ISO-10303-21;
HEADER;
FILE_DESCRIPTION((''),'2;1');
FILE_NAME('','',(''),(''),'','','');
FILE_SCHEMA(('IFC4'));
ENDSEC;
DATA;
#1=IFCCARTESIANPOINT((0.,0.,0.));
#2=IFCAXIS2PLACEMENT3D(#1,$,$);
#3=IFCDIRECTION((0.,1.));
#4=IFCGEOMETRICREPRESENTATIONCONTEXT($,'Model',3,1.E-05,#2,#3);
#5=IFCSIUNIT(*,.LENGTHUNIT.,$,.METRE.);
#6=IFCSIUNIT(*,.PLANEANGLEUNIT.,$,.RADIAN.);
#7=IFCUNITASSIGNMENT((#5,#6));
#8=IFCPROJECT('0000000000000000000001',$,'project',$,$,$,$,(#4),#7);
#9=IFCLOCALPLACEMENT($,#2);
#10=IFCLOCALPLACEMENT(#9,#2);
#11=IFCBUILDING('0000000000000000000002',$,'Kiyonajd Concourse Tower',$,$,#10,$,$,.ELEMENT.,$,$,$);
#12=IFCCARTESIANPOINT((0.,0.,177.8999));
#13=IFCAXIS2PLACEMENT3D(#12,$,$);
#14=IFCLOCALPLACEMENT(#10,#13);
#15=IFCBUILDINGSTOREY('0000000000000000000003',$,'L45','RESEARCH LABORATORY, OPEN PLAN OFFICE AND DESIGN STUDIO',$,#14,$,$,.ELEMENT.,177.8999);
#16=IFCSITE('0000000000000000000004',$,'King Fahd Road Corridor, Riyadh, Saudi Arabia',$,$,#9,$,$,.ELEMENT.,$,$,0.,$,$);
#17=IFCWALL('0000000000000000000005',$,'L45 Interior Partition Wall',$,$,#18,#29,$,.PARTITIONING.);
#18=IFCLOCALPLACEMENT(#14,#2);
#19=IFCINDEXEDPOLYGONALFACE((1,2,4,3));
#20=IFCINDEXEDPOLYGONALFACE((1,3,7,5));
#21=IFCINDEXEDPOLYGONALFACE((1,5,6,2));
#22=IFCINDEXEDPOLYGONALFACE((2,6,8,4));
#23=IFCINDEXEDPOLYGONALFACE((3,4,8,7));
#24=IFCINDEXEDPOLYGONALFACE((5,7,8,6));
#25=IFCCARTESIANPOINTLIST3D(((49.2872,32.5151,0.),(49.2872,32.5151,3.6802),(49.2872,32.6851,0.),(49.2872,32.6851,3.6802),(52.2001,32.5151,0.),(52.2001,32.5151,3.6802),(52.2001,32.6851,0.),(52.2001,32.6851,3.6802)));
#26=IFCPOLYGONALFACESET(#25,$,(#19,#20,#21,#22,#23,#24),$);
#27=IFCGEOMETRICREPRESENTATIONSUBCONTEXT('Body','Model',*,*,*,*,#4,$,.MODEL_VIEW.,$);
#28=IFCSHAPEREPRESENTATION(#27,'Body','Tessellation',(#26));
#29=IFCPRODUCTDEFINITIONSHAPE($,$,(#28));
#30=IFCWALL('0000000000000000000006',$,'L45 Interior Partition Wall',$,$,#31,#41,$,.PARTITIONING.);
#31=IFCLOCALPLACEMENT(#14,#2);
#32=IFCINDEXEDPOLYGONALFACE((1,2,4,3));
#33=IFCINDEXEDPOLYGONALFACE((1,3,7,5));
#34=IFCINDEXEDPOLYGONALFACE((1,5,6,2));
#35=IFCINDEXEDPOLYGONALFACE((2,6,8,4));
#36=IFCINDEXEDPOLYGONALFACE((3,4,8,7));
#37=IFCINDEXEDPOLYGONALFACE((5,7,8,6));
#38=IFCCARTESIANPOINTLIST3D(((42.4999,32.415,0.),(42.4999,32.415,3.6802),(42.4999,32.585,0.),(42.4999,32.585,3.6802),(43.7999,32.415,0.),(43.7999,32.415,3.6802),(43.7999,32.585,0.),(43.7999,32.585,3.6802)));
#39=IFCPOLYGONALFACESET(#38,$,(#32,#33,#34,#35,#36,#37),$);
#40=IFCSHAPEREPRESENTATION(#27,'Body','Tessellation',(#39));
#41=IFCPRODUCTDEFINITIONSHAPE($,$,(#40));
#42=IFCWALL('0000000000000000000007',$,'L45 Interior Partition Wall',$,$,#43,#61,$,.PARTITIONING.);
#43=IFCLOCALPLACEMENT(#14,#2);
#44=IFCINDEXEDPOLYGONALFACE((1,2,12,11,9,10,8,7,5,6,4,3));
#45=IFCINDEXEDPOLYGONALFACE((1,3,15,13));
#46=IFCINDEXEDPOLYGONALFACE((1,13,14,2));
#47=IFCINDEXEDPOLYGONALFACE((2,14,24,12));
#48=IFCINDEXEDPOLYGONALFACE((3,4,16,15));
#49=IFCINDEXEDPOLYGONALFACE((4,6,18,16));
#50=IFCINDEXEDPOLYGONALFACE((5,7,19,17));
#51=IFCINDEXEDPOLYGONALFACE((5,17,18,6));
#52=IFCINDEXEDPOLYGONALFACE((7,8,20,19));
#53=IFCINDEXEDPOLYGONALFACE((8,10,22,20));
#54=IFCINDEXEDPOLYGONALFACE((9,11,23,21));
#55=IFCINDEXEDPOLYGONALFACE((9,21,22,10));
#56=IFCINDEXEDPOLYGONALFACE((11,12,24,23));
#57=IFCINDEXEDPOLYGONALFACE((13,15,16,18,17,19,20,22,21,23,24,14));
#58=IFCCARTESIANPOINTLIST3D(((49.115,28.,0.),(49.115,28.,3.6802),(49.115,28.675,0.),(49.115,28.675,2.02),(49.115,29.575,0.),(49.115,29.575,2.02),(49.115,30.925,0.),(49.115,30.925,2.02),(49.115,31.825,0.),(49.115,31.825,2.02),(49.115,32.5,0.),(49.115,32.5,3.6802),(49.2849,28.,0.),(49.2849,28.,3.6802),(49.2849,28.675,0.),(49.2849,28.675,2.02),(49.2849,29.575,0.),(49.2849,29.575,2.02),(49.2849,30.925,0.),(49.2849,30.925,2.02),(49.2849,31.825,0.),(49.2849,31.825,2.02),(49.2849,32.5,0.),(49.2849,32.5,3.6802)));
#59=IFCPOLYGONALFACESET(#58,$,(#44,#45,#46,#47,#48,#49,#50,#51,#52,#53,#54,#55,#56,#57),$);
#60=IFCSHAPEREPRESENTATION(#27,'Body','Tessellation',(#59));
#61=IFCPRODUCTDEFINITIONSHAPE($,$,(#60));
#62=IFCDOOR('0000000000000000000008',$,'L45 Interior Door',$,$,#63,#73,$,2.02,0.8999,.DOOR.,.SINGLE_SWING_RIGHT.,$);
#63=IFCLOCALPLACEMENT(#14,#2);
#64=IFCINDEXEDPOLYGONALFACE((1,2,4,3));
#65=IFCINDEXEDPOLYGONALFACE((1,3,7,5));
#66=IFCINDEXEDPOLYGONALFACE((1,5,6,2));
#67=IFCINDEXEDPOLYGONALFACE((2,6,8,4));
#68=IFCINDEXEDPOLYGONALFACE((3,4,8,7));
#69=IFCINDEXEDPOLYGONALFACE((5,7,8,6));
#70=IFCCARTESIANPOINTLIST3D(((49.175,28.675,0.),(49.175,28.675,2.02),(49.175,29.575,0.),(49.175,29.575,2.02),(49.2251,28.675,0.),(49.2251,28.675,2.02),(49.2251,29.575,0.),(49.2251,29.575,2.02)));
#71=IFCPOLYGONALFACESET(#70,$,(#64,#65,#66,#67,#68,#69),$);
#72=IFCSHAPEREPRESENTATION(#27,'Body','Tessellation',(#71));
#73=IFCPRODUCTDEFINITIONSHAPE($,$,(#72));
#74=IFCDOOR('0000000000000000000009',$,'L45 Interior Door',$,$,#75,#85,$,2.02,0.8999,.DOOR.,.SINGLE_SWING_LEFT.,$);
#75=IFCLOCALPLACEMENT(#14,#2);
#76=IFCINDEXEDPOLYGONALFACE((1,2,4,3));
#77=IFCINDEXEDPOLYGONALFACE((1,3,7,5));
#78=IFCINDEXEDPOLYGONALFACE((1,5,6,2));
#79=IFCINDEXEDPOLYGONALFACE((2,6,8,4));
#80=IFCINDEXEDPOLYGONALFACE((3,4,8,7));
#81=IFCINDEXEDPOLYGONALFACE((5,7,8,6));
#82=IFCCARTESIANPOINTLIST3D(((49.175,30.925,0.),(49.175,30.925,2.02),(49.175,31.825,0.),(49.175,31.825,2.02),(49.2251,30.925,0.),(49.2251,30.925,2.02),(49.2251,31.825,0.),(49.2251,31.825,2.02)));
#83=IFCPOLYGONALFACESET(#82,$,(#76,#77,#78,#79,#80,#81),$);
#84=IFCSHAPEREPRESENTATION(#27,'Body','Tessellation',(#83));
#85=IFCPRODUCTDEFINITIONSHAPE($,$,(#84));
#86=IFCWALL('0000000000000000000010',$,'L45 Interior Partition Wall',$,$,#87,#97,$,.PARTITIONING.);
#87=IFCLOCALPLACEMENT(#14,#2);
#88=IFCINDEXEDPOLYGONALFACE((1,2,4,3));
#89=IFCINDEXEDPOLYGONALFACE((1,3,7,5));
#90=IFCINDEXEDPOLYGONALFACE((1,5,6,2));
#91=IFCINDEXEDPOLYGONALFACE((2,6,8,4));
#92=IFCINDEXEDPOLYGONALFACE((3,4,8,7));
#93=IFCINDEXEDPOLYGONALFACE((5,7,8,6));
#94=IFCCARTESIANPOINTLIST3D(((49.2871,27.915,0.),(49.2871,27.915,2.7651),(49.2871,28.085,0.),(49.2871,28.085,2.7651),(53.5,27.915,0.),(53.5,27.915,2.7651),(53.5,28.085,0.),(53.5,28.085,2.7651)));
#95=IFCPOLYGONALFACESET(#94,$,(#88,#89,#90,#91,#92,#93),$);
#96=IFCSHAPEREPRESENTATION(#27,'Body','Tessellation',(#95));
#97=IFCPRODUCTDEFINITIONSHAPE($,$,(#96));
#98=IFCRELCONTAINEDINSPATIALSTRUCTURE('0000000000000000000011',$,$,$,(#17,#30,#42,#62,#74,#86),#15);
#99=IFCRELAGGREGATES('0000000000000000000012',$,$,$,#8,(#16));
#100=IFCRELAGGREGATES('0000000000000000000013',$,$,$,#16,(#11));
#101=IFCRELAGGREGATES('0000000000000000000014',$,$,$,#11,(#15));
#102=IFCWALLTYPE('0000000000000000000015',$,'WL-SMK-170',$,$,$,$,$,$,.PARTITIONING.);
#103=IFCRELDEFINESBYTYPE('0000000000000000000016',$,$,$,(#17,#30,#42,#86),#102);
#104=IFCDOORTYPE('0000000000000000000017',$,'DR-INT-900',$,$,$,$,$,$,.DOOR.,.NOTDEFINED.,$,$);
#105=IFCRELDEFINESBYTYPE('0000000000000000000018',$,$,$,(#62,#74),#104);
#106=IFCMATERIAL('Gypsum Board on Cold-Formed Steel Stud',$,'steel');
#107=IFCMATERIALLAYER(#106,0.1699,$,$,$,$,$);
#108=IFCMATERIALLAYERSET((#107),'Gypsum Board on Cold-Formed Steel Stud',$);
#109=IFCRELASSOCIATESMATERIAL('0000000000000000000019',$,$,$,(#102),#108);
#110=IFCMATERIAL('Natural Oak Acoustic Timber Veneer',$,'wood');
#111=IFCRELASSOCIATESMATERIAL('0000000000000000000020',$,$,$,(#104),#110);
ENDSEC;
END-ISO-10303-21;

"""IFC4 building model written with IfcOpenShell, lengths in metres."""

from ifc_helpers import new_model, si_unit, direction, frame, frame_2d, origin, place, context, subcontext, project, spatial, rectangle, extrude, material, layer, layer_set, type_object, element, fill, save


model = new_model("IFC4")

# Units and contexts
model_context = context("Model", 3, precision=1e-05, world=origin(), true_north=direction((0.0, 1.0)))
body_context = subcontext(model_context, "Body", "Model", "MODEL_VIEW")
ifc_project = project(units=[si_unit("LENGTHUNIT", "METRE"), si_unit("PLANEANGLEUNIT", "RADIAN")], contexts=[model_context])

# Site, building, storey
site_placement = place(None, origin())
site = spatial("IfcSite", under=ifc_project, at=site_placement, Name="King Fahd Road Corridor, Riyadh, Saudi Arabia", CompositionType="ELEMENT", RefElevation=0.0)
building_placement = place(site_placement, origin())
building = spatial("IfcBuilding", under=site, at=building_placement, Name="Kiyonajd Concourse Tower", CompositionType="ELEMENT")
storey_placement = place(building_placement, frame((0.0, 0.0, 177.8999)))
storey = spatial("IfcBuildingStorey", under=building, at=storey_placement, Name="L45", Description="RESEARCH LABORATORY, OPEN PLAN OFFICE AND DESIGN STUDIO", CompositionType="ELEMENT", Elevation=177.8999)

# Shared definitions
ifc_material_1 = material(Name="Gypsum Board on Cold-Formed Steel Stud", Category="steel")

# Shared definitions
ifc_layer_1 = layer(ifc_material_1, 0.1699)
ifc_layer_set_1 = layer_set([ifc_layer_1], Name="Gypsum Board on Cold-Formed Steel Stud")
wall_type_1 = type_object("IfcWallType", Name="WL-SMK-170", PredefinedType="PARTITIONING", material=ifc_layer_set_1)

# Shared definitions
ifc_material_2 = material(Name="Natural Oak Acoustic Timber Veneer", Category="wood")
door_type_1 = type_object("IfcDoorType", Name="DR-INT-900", OperationType="NOTDEFINED", PredefinedType="DOOR", material=ifc_material_2)

# Walls
wall_1_placement = place(storey_placement, frame((49.2871, 32.6001, 0.0), z_axis=(0.0, 0.0, 1.0), x_axis=(1.0, 0.0, 0.0)))
element("IfcWall", 1, at=wall_1_placement, inside=storey, type_object=wall_type_1, Name="L45 Interior Partition Wall", PredefinedType="PARTITIONING", context=body_context, shape_type="SweptSolid", body=[
    extrude(rectangle(XDim=2.9128, YDim=0.1699, at=frame_2d((1.4565, 0.0))), origin(), (0.0, 0.0, 1.0), 3.6802),
])
wall_2_placement = place(storey_placement, frame((42.5, 32.5, 0.0), z_axis=(0.0, 0.0, 1.0), x_axis=(1.0, 0.0, 0.0)))
element("IfcWall", 2, at=wall_2_placement, inside=storey, type_object=wall_type_1, Name="L45 Interior Partition Wall", PredefinedType="PARTITIONING", context=body_context, shape_type="SweptSolid", body=[
    extrude(rectangle(XDim=1.3, YDim=0.1699, at=frame_2d((0.6499, 0.0))), origin(), (0.0, 0.0, 1.0), 3.6802),
])

# Wall, openings, doors
wall_3_placement = place(storey_placement, frame((49.2, 28.0, 0.0), z_axis=(0.0, 0.0, 1.0), x_axis=(0.0, 1.0, 0.0)))
wall_3 = element("IfcWall", 3, at=wall_3_placement, inside=storey, type_object=wall_type_1, Name="L45 Interior Partition Wall", PredefinedType="PARTITIONING", context=body_context, shape_type="SweptSolid", body=[
    extrude(rectangle(XDim=4.5, YDim=0.1699, at=frame_2d((2.25, 0.0))), origin(), (0.0, 0.0, 1.0), 3.6802),
])
opening_1_placement = place(wall_3_placement, frame((0.675, 0.0, 0.0)))
opening_1 = element("IfcOpeningElement", 4, at=opening_1_placement, cuts=wall_3, PredefinedType="OPENING", context=body_context, shape_type="SweptSolid", body=[
    extrude(rectangle(XDim=0.8999, YDim=2.02, at=frame_2d((0.45, 1.01))), frame((0.0, 0.095, 0.0), z_axis=(0.0, -1.0, 0.0), x_axis=(1.0, 0.0, 0.0)), (0.0, 0.0, 1.0), 0.1899),
])
opening_2_placement = place(wall_3_placement, frame((2.925, 0.0, 0.0)))
opening_2 = element("IfcOpeningElement", 5, at=opening_2_placement, cuts=wall_3, PredefinedType="OPENING", context=body_context, shape_type="SweptSolid", body=[
    extrude(rectangle(XDim=0.8999, YDim=2.02, at=frame_2d((0.45, 1.01))), frame((0.0, 0.095, 0.0), z_axis=(0.0, -1.0, 0.0), x_axis=(1.0, 0.0, 0.0)), (0.0, 0.0, 1.0), 0.1899),
])
door_1_placement = place(opening_1_placement, origin())
door_1 = element("IfcDoor", 6, at=door_1_placement, inside=storey, type_object=door_type_1, Name="L45 Interior Door", OperationType="SINGLE_SWING_RIGHT", OverallHeight=2.02, OverallWidth=0.8999, PredefinedType="DOOR", context=body_context, shape_type="SweptSolid", body=[
    extrude(rectangle(XDim=0.8999, YDim=2.02, at=frame_2d((0.45, 1.01))), frame((0.0, 0.0249, 0.0), z_axis=(0.0, -1.0, 0.0), x_axis=(1.0, 0.0, 0.0)), (0.0, 0.0, 1.0), 0.05),
])
fill(opening_1, door_1)
door_2_placement = place(opening_2_placement, origin())
door_2 = element("IfcDoor", 7, at=door_2_placement, inside=storey, type_object=door_type_1, Name="L45 Interior Door", OperationType="SINGLE_SWING_LEFT", OverallHeight=2.02, OverallWidth=0.8999, PredefinedType="DOOR", context=body_context, shape_type="SweptSolid", body=[
    extrude(rectangle(XDim=0.8999, YDim=2.02, at=frame_2d((0.45, 1.01))), frame((0.0, 0.0249, 0.0), z_axis=(0.0, -1.0, 0.0), x_axis=(1.0, 0.0, 0.0)), (0.0, 0.0, 1.0), 0.05),
])
fill(opening_2, door_2)

# Wall
wall_4_placement = place(storey_placement, frame((49.2871, 28.0, 0.0), z_axis=(0.0, 0.0, 1.0), x_axis=(1.0, 0.0, 0.0)))
element("IfcWall", 8, at=wall_4_placement, inside=storey, type_object=wall_type_1, Name="L45 Interior Partition Wall", PredefinedType="PARTITIONING", context=body_context, shape_type="SweptSolid", body=[
    extrude(rectangle(XDim=4.2129, YDim=0.1699, at=frame_2d((2.1064, 0.0))), origin(), (0.0, 0.0, 1.0), 2.7651),
])

save(model, "model.ifc")
